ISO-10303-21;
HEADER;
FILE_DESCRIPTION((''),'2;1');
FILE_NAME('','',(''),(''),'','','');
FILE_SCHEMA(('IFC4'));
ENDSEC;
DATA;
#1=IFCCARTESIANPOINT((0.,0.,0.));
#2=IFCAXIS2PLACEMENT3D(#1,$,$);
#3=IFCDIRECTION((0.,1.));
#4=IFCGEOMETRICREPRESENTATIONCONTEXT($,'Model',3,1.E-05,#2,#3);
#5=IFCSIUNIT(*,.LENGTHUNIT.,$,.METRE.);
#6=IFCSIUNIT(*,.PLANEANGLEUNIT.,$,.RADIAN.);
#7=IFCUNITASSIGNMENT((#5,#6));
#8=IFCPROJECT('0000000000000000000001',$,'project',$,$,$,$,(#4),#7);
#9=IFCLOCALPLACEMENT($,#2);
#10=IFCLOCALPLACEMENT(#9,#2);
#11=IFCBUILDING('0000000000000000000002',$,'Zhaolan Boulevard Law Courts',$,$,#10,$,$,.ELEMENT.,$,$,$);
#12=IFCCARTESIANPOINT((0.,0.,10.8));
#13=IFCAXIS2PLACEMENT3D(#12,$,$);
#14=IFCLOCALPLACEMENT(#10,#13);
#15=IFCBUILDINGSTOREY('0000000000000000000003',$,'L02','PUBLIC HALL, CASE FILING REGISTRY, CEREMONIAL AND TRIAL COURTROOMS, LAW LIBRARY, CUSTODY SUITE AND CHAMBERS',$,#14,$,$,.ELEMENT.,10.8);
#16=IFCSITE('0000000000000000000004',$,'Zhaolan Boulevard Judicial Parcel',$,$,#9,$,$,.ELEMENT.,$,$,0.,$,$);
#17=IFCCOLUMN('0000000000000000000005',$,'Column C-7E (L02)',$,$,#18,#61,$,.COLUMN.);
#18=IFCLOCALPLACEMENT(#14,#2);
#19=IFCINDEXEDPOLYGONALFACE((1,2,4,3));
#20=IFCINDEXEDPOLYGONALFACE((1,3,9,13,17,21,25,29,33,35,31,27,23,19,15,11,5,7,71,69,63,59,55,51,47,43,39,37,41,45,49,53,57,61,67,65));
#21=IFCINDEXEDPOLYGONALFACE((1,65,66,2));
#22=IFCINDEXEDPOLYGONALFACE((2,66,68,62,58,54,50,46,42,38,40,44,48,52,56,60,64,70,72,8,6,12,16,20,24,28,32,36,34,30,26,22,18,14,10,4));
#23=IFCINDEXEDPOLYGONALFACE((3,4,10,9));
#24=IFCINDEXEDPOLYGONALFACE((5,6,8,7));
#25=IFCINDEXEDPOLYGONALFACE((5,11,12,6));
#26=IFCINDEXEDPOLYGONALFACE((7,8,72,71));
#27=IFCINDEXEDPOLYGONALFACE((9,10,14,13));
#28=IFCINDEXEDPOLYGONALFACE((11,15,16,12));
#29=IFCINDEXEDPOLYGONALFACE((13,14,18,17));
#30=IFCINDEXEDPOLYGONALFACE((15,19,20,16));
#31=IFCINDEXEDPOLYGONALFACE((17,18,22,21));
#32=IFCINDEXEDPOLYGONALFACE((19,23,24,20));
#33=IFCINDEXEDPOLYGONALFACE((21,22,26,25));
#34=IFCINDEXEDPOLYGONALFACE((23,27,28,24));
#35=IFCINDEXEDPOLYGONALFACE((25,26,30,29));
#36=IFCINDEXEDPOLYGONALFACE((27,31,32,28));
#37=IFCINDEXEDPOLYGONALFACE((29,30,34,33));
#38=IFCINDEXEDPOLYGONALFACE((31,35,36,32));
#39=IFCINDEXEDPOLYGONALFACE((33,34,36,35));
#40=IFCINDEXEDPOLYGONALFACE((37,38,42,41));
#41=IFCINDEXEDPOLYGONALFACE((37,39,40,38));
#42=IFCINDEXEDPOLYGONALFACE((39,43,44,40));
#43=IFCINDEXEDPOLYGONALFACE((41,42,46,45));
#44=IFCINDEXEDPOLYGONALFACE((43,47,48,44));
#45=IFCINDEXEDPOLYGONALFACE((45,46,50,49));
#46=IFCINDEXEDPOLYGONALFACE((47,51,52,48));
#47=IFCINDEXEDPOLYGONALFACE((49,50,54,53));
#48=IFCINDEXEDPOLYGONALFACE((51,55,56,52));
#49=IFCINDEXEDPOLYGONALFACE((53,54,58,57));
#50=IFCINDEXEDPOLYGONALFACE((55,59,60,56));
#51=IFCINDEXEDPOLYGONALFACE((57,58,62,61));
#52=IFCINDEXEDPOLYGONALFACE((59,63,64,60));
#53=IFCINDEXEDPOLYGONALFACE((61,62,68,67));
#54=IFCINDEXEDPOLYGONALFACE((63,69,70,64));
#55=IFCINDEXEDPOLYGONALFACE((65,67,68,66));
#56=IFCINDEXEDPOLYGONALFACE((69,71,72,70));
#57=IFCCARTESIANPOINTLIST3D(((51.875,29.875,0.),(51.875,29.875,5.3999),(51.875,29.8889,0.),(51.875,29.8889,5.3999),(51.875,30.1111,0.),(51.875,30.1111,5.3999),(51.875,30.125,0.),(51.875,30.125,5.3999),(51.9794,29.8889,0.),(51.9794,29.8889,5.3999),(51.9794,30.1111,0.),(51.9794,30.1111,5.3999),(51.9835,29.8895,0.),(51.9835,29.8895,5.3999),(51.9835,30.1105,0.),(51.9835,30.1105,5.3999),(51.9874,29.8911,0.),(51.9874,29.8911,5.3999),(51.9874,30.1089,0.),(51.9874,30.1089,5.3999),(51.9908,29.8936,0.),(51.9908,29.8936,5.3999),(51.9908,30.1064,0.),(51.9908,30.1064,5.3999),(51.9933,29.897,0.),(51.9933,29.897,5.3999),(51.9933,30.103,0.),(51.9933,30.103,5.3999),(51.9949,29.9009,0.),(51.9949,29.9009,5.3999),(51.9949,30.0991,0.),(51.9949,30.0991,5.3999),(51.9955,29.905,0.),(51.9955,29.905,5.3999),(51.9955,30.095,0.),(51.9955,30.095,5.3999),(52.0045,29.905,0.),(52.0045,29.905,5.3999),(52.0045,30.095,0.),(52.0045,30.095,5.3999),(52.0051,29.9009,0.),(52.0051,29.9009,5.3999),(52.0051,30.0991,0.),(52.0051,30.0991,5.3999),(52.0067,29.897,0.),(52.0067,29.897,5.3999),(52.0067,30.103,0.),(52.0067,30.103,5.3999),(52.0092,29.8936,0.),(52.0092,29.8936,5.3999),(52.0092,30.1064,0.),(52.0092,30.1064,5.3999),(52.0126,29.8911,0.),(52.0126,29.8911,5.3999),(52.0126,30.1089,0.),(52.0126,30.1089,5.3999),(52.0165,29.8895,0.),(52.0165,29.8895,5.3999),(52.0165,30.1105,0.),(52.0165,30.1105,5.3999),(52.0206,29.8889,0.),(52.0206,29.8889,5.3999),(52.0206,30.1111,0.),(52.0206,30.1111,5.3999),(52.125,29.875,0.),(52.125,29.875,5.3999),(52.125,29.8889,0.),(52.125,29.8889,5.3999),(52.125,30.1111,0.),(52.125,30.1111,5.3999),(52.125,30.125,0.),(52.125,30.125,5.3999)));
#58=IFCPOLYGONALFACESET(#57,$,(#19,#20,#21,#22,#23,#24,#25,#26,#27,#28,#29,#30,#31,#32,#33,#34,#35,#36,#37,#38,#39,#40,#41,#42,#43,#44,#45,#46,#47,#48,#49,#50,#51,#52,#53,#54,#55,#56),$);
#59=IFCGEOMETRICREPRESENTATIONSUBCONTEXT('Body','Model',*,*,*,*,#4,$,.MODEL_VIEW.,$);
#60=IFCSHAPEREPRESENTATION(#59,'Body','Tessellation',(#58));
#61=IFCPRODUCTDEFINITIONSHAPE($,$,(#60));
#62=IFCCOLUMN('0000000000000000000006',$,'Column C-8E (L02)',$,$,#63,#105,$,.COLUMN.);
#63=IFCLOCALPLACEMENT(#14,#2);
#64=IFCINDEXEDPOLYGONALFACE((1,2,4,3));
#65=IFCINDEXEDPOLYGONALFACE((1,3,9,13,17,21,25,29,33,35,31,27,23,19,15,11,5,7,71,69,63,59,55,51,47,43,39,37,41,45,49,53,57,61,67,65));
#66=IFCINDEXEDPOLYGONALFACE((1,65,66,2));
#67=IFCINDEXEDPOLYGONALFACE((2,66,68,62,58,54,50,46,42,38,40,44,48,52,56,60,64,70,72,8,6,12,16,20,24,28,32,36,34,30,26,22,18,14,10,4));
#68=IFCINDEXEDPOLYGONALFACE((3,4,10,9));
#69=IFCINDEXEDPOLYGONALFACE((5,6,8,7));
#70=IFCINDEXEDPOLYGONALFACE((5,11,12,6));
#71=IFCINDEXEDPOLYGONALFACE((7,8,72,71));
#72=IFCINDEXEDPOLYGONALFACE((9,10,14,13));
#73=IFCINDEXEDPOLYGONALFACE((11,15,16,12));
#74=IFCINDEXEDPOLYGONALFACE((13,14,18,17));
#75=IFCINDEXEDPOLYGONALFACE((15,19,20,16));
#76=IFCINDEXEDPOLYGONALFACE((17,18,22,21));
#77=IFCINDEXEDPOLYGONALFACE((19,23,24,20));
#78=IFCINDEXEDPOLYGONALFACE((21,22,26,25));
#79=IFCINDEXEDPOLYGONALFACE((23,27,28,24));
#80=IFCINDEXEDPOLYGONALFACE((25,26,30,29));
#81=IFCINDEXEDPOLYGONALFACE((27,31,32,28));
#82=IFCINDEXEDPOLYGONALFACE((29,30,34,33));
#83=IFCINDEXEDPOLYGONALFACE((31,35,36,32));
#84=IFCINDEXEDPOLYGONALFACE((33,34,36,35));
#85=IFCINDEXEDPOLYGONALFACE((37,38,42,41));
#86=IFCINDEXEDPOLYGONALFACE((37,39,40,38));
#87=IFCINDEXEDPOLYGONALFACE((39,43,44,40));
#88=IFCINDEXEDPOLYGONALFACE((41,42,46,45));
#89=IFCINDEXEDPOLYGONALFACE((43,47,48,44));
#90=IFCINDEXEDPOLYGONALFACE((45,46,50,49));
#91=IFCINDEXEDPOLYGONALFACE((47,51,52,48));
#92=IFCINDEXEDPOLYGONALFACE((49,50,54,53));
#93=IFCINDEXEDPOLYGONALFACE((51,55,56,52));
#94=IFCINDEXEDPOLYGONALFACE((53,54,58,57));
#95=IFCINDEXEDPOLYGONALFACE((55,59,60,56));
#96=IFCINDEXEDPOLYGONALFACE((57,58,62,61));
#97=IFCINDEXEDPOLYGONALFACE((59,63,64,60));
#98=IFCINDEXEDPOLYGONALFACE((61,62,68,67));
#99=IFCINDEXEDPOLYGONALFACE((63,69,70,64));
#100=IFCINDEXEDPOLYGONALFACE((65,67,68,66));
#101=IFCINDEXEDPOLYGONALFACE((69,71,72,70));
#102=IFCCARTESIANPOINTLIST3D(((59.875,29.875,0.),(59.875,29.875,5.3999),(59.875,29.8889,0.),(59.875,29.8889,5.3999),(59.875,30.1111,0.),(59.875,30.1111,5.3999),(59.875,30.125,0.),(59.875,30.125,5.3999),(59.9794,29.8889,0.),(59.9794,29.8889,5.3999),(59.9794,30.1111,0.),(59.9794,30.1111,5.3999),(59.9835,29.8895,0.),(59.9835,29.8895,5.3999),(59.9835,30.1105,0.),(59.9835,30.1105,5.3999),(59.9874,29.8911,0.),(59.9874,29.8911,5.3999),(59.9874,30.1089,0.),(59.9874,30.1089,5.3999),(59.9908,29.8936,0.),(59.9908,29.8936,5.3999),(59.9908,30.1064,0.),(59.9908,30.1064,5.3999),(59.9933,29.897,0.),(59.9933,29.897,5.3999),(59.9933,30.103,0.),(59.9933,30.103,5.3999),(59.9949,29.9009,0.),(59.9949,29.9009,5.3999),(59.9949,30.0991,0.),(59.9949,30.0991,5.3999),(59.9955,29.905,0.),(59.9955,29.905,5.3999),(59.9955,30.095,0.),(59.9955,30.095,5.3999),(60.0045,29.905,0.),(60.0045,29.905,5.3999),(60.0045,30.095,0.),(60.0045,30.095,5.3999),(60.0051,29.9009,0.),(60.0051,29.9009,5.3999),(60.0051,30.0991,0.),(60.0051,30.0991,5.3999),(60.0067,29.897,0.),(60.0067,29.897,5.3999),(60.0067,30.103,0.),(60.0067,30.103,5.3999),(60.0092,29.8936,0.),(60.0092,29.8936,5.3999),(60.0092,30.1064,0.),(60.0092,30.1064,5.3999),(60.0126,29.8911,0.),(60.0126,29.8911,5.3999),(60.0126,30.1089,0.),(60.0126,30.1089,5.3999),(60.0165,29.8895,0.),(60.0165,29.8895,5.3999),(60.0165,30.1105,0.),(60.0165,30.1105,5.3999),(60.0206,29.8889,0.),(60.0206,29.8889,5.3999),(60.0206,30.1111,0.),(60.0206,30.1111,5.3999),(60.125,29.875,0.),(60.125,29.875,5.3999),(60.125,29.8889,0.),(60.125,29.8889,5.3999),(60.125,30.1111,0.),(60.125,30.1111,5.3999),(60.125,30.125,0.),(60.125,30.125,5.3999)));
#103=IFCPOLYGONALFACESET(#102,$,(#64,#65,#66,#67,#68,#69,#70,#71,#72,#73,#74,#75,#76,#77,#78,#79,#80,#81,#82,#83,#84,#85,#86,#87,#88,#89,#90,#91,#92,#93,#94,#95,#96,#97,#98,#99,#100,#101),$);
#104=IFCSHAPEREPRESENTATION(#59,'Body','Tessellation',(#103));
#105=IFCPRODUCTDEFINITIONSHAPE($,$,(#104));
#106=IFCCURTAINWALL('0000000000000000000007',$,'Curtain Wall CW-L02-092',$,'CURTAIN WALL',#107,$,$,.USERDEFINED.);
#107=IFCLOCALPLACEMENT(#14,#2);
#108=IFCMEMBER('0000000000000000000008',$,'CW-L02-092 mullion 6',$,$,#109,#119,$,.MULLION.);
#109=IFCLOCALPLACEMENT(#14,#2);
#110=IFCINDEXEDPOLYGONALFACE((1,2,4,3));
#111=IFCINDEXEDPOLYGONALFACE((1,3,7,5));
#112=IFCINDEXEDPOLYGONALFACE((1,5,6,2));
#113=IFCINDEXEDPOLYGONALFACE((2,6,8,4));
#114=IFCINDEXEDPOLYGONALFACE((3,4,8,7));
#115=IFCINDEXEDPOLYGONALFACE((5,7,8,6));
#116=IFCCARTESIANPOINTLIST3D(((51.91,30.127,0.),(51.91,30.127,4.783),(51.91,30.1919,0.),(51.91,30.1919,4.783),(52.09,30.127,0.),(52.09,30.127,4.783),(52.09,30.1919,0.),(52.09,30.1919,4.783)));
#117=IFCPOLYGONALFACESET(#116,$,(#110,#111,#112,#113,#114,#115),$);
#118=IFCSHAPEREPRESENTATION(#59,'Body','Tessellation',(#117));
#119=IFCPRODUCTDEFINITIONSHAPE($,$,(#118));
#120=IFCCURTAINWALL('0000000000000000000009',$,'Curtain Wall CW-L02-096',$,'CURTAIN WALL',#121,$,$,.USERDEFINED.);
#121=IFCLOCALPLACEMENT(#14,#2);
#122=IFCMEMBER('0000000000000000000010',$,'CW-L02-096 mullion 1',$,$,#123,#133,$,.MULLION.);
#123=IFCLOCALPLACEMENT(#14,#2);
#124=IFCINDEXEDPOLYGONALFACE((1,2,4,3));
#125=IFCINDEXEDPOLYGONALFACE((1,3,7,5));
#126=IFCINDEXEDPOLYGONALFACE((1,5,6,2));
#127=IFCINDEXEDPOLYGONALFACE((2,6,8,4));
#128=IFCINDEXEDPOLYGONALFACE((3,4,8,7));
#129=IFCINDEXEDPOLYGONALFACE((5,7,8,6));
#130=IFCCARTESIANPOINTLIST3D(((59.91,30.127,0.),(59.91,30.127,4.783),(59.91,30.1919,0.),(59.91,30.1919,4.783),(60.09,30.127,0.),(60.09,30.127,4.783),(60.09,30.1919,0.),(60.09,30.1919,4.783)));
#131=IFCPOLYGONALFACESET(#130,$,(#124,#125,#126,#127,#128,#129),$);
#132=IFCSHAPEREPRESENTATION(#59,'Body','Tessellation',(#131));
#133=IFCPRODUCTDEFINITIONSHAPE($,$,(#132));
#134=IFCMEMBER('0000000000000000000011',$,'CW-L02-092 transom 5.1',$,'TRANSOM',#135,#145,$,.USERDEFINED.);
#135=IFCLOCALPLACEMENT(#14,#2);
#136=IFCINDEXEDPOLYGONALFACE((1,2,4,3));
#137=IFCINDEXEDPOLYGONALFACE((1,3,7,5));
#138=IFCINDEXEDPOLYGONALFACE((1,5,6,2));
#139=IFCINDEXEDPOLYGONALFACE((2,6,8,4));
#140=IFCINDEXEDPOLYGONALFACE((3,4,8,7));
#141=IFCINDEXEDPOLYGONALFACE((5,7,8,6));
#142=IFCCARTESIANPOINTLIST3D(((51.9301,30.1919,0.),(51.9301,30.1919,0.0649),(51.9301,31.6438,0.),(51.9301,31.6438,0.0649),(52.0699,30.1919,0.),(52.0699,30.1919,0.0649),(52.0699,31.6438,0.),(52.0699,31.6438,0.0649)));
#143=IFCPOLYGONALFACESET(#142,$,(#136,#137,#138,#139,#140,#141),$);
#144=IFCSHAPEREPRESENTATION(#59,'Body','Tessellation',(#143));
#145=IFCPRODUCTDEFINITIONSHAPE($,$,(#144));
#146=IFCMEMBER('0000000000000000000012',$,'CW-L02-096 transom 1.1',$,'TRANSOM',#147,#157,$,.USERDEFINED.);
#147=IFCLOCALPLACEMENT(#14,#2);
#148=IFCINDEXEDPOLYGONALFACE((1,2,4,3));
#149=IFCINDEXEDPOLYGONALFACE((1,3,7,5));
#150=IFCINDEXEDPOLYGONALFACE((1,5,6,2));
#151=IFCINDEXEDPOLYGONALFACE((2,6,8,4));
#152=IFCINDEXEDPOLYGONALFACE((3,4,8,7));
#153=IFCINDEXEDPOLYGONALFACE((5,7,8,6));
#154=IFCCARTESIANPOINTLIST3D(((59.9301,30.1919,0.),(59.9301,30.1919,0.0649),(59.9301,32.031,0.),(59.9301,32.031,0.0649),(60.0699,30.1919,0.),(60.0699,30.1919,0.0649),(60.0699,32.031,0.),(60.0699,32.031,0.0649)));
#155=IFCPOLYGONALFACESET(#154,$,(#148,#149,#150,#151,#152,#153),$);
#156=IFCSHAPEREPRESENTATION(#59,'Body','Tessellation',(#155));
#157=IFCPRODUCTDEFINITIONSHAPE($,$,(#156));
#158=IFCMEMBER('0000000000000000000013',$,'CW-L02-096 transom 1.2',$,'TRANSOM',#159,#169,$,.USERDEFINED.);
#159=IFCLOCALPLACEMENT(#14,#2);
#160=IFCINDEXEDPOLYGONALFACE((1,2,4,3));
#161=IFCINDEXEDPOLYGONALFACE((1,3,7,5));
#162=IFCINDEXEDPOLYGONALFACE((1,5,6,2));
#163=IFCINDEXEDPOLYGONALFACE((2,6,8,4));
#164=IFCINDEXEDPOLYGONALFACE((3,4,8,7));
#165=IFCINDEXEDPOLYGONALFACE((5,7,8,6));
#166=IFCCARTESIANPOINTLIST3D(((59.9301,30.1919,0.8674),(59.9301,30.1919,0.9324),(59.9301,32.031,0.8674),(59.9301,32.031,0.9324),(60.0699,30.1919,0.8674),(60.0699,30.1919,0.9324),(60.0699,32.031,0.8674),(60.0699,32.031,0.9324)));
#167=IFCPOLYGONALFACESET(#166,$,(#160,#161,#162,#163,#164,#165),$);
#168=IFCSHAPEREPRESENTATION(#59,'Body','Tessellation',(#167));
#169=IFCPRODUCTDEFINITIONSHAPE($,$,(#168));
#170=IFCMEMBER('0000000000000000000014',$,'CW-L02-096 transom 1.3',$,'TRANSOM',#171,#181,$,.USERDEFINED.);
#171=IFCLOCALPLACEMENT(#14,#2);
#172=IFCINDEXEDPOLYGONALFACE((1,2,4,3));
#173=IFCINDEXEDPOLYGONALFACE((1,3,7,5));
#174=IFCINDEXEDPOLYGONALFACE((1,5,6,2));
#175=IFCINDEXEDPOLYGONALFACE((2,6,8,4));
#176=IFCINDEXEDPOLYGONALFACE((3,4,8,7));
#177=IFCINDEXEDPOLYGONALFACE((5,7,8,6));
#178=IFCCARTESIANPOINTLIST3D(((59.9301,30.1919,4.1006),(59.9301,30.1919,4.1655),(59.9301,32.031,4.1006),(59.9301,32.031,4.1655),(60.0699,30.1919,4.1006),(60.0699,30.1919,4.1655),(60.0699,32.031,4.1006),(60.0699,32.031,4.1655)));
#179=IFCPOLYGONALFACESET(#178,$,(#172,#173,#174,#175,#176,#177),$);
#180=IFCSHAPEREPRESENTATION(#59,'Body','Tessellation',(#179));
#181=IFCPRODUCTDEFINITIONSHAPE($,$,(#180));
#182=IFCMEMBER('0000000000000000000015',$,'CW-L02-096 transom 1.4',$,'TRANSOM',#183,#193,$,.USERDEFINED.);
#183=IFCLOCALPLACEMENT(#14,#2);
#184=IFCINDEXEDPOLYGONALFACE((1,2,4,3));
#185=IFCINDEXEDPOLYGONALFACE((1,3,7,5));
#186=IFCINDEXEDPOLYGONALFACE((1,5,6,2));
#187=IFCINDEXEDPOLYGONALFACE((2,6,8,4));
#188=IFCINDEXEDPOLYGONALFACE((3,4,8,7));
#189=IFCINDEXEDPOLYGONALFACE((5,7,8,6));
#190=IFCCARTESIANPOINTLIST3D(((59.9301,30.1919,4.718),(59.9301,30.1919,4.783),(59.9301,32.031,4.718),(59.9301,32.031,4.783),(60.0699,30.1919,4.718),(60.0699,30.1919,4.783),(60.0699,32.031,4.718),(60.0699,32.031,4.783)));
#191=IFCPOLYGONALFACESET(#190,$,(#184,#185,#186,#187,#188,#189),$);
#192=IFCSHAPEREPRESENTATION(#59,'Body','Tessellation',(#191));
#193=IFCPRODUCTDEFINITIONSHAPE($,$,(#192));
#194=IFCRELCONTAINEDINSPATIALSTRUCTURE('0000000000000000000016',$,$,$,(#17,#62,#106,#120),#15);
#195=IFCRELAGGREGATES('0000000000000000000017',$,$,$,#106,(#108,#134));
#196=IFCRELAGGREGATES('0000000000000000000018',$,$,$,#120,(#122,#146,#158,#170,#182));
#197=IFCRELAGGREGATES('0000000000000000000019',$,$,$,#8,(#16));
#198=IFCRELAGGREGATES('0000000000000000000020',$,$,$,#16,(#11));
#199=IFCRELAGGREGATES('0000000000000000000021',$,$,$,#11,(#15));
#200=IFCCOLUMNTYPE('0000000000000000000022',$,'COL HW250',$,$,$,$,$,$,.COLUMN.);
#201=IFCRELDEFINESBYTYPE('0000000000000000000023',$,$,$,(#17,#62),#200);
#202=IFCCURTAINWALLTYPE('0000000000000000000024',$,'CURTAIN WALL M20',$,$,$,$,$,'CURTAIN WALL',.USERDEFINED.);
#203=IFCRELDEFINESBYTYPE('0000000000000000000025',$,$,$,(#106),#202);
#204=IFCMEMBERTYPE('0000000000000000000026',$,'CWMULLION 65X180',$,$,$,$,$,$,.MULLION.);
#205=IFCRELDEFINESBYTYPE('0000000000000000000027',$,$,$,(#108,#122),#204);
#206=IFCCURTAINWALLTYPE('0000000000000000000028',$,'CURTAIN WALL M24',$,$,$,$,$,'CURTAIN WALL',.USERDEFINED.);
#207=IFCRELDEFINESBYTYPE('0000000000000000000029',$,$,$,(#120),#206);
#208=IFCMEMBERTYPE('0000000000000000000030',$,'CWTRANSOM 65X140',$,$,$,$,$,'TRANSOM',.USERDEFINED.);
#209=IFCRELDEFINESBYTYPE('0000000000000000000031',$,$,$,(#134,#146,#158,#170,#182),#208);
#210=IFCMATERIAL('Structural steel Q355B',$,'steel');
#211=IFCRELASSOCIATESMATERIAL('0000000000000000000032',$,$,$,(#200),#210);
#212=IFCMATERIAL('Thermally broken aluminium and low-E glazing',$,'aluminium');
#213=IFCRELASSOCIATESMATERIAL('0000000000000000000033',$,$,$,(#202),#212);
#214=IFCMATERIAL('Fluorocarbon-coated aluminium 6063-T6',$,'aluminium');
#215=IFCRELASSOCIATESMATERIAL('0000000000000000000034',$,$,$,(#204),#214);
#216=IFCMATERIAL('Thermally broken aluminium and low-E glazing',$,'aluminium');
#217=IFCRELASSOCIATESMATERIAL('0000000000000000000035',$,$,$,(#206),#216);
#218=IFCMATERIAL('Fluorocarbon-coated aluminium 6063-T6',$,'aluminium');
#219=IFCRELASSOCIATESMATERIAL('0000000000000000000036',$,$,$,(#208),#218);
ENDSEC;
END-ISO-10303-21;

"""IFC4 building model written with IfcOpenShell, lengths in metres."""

from ifc_helpers import new_model, si_unit, direction, frame, origin, origin_2d, place, context, subcontext, project, spatial, rectangle, i_section, extrude, material, material_profile, profile_set, type_object, element, aggregate, save


model = new_model("IFC4")

# Units and contexts
model_context = context("Model", 3, precision=1e-05, world=origin(), true_north=direction((0.0, 1.0)))
body_context = subcontext(model_context, "Body", "Model", "MODEL_VIEW")
ifc_project = project(units=[si_unit("LENGTHUNIT", "METRE"), si_unit("PLANEANGLEUNIT", "RADIAN")], contexts=[model_context])

# Site, building, storey
site_placement = place(None, origin())
site = spatial("IfcSite", under=ifc_project, at=site_placement, Name="Zhaolan Boulevard Judicial Parcel", CompositionType="ELEMENT", RefElevation=0.0)
building_placement = place(site_placement, origin())
building = spatial("IfcBuilding", under=site, at=building_placement, Name="Zhaolan Boulevard Law Courts", CompositionType="ELEMENT")
storey_placement = place(building_placement, frame((0.0, 0.0, 10.8)))
storey = spatial("IfcBuildingStorey", under=building, at=storey_placement, Name="L02", Description="PUBLIC HALL, CASE FILING REGISTRY, CEREMONIAL AND TRIAL COURTROOMS, LAW LIBRARY, CUSTODY SUITE AND CHAMBERS", CompositionType="ELEMENT", Elevation=10.8)

# Columns
ifc_material_1 = material(Name="Structural steel Q355B", Category="steel")
ifc_material_profile_1 = material_profile(ifc_material_1, i_section(OverallWidth=0.25, OverallDepth=0.25, WebThickness=0.009, FlangeThickness=0.0139, FilletRadius=0.0161, at=origin_2d()), Name="HW250x250")
ifc_profile_set_1 = profile_set([ifc_material_profile_1], Name="Structural steel Q355B")
column_type = type_object("IfcColumnType", Name="COL HW250", PredefinedType="COLUMN", material=ifc_profile_set_1)
for number, where, z_axis, x_axis, name in (
    (1, (52.0, 30.0, 0.0), (0.0, 0.0, 1.0), (1.0, 0.0, 0.0), "Column C-7E (L02)"),
    (2, (60.0, 30.0, 0.0), (0.0, 0.0, 1.0), (1.0, 0.0, 0.0), "Column C-8E (L02)"),
):
    element("IfcColumn", number, at=place(storey_placement, frame(where, z_axis=z_axis, x_axis=x_axis)), inside=storey, type_object=column_type, Name=name, PredefinedType="COLUMN", context=body_context, shape_type="SweptSolid", body=[
        extrude(i_section(OverallWidth=0.25, OverallDepth=0.25, WebThickness=0.009, FlangeThickness=0.0139, FilletRadius=0.0161, at=origin_2d()), origin(), (0.0, 0.0, 1.0), 5.3999),
    ])

# Curtain walls, members
ifc_material_2 = material(Name="Thermally broken aluminium and low-E glazing", Category="aluminium")
curtain_wall_type_1 = type_object("IfcCurtainWallType", Name="CURTAIN WALL M20", ElementType="CURTAIN WALL", PredefinedType="USERDEFINED", material=ifc_material_2)
curtain_wall_1_placement = place(storey_placement, origin())
curtain_wall_1 = element("IfcCurtainWall", 3, at=curtain_wall_1_placement, inside=storey, type_object=curtain_wall_type_1, Name="Curtain Wall CW-L02-092", ObjectType="CURTAIN WALL", PredefinedType="USERDEFINED")
ifc_material_3 = material(Name="Fluorocarbon-coated aluminium 6063-T6", Category="aluminium")
ifc_material_profile_2 = material_profile(ifc_material_3, rectangle(XDim=0.1799, YDim=0.0649, at=origin_2d()), Name="AL65x180")
ifc_profile_set_2 = profile_set([ifc_material_profile_2], Name="Fluorocarbon-coated aluminium 6063-T6")
member_type_1 = type_object("IfcMemberType", Name="CWMULLION 65X180", PredefinedType="MULLION", material=ifc_profile_set_2)
member_1_placement = place(storey_placement, frame((52.0, 30.1594, 0.0), z_axis=(0.0, 0.0, 1.0), x_axis=(1.0, 0.0, 0.0)))
member_1 = element("IfcMember", 4, at=member_1_placement, type_object=member_type_1, Name="CW-L02-092 mullion 6", PredefinedType="MULLION", context=body_context, shape_type="SweptSolid", body=[
    extrude(rectangle(XDim=0.1799, YDim=0.0649, at=origin_2d()), origin(), (0.0, 0.0, 1.0), 4.783),
])
ifc_material_4 = material(Name="Thermally broken aluminium and low-E glazing", Category="aluminium")
curtain_wall_type_2 = type_object("IfcCurtainWallType", Name="CURTAIN WALL M24", ElementType="CURTAIN WALL", PredefinedType="USERDEFINED", material=ifc_material_4)
curtain_wall_2_placement = place(storey_placement, origin())
curtain_wall_2 = element("IfcCurtainWall", 5, at=curtain_wall_2_placement, inside=storey, type_object=curtain_wall_type_2, Name="Curtain Wall CW-L02-096", ObjectType="CURTAIN WALL", PredefinedType="USERDEFINED")
member_2_placement = place(storey_placement, frame((60.0, 30.1594, 0.0), z_axis=(0.0, 0.0, 1.0), x_axis=(-1.0, 0.0, 0.0)))
member_2 = element("IfcMember", 6, at=member_2_placement, type_object=member_type_1, Name="CW-L02-096 mullion 1", PredefinedType="MULLION", context=body_context, shape_type="SweptSolid", body=[
    extrude(rectangle(XDim=0.1799, YDim=0.0649, at=origin_2d()), origin(), (0.0, 0.0, 1.0), 4.783),
])

# Members
ifc_material_5 = material(Name="Fluorocarbon-coated aluminium 6063-T6", Category="aluminium")
ifc_material_profile_3 = material_profile(ifc_material_5, rectangle(XDim=0.1399, YDim=0.0649, at=origin_2d()), Name="AL65x140")
ifc_profile_set_3 = profile_set([ifc_material_profile_3], Name="Fluorocarbon-coated aluminium 6063-T6")
member_type_2 = type_object("IfcMemberType", Name="CWTRANSOM 65X140", ElementType="TRANSOM", PredefinedType="USERDEFINED", material=ifc_profile_set_3)
member_3_placement = place(storey_placement, frame((52.0, 31.6438, 0.0325), z_axis=(0.0, -1.0, 0.0), x_axis=(1.0, 0.0, 0.0)))
member_3 = element("IfcMember", 7, at=member_3_placement, type_object=member_type_2, Name="CW-L02-092 transom 5.1", ObjectType="TRANSOM", PredefinedType="USERDEFINED", context=body_context, shape_type="SweptSolid", body=[
    extrude(rectangle(XDim=0.1399, YDim=0.0649, at=origin_2d()), origin(), (0.0, 0.0, 1.0), 1.4519),
])
member_4_placement = place(storey_placement, frame((60.0, 30.1919, 0.0325), z_axis=(0.0, 1.0, 0.0), x_axis=(-1.0, 0.0, 0.0)))
member_4 = element("IfcMember", 8, at=member_4_placement, type_object=member_type_2, Name="CW-L02-096 transom 1.1", ObjectType="TRANSOM", PredefinedType="USERDEFINED", context=body_context, shape_type="SweptSolid", body=[
    extrude(rectangle(XDim=0.1399, YDim=0.0649, at=origin_2d()), origin(), (0.0, 0.0, 1.0), 1.8391),
])
member_5_placement = place(storey_placement, frame((60.0, 30.1919, 0.8999), z_axis=(0.0, 1.0, 0.0), x_axis=(-1.0, 0.0, 0.0)))
member_5 = element("IfcMember", 9, at=member_5_placement, type_object=member_type_2, Name="CW-L02-096 transom 1.2", ObjectType="TRANSOM", PredefinedType="USERDEFINED", context=body_context, shape_type="SweptSolid", body=[
    extrude(rectangle(XDim=0.1399, YDim=0.0649, at=origin_2d()), origin(), (0.0, 0.0, 1.0), 1.8391),
])
member_6_placement = place(storey_placement, frame((60.0, 30.1919, 4.1331), z_axis=(0.0, 1.0, 0.0), x_axis=(-1.0, 0.0, 0.0)))
member_6 = element("IfcMember", 10, at=member_6_placement, type_object=member_type_2, Name="CW-L02-096 transom 1.3", ObjectType="TRANSOM", PredefinedType="USERDEFINED", context=body_context, shape_type="SweptSolid", body=[
    extrude(rectangle(XDim=0.1399, YDim=0.0649, at=origin_2d()), origin(), (0.0, 0.0, 1.0), 1.8391),
])
member_7_placement = place(storey_placement, frame((60.0, 30.1919, 4.7505), z_axis=(0.0, 1.0, 0.0), x_axis=(-1.0, 0.0, 0.0)))
member_7 = element("IfcMember", 11, at=member_7_placement, type_object=member_type_2, Name="CW-L02-096 transom 1.4", ObjectType="TRANSOM", PredefinedType="USERDEFINED", context=body_context, shape_type="SweptSolid", body=[
    extrude(rectangle(XDim=0.1399, YDim=0.0649, at=origin_2d()), origin(), (0.0, 0.0, 1.0), 1.8391),
])

aggregate(curtain_wall_1, [member_1, member_3])
aggregate(curtain_wall_2, [member_2, member_4, member_5, member_6, member_7])

save(model, "model.ifc")
